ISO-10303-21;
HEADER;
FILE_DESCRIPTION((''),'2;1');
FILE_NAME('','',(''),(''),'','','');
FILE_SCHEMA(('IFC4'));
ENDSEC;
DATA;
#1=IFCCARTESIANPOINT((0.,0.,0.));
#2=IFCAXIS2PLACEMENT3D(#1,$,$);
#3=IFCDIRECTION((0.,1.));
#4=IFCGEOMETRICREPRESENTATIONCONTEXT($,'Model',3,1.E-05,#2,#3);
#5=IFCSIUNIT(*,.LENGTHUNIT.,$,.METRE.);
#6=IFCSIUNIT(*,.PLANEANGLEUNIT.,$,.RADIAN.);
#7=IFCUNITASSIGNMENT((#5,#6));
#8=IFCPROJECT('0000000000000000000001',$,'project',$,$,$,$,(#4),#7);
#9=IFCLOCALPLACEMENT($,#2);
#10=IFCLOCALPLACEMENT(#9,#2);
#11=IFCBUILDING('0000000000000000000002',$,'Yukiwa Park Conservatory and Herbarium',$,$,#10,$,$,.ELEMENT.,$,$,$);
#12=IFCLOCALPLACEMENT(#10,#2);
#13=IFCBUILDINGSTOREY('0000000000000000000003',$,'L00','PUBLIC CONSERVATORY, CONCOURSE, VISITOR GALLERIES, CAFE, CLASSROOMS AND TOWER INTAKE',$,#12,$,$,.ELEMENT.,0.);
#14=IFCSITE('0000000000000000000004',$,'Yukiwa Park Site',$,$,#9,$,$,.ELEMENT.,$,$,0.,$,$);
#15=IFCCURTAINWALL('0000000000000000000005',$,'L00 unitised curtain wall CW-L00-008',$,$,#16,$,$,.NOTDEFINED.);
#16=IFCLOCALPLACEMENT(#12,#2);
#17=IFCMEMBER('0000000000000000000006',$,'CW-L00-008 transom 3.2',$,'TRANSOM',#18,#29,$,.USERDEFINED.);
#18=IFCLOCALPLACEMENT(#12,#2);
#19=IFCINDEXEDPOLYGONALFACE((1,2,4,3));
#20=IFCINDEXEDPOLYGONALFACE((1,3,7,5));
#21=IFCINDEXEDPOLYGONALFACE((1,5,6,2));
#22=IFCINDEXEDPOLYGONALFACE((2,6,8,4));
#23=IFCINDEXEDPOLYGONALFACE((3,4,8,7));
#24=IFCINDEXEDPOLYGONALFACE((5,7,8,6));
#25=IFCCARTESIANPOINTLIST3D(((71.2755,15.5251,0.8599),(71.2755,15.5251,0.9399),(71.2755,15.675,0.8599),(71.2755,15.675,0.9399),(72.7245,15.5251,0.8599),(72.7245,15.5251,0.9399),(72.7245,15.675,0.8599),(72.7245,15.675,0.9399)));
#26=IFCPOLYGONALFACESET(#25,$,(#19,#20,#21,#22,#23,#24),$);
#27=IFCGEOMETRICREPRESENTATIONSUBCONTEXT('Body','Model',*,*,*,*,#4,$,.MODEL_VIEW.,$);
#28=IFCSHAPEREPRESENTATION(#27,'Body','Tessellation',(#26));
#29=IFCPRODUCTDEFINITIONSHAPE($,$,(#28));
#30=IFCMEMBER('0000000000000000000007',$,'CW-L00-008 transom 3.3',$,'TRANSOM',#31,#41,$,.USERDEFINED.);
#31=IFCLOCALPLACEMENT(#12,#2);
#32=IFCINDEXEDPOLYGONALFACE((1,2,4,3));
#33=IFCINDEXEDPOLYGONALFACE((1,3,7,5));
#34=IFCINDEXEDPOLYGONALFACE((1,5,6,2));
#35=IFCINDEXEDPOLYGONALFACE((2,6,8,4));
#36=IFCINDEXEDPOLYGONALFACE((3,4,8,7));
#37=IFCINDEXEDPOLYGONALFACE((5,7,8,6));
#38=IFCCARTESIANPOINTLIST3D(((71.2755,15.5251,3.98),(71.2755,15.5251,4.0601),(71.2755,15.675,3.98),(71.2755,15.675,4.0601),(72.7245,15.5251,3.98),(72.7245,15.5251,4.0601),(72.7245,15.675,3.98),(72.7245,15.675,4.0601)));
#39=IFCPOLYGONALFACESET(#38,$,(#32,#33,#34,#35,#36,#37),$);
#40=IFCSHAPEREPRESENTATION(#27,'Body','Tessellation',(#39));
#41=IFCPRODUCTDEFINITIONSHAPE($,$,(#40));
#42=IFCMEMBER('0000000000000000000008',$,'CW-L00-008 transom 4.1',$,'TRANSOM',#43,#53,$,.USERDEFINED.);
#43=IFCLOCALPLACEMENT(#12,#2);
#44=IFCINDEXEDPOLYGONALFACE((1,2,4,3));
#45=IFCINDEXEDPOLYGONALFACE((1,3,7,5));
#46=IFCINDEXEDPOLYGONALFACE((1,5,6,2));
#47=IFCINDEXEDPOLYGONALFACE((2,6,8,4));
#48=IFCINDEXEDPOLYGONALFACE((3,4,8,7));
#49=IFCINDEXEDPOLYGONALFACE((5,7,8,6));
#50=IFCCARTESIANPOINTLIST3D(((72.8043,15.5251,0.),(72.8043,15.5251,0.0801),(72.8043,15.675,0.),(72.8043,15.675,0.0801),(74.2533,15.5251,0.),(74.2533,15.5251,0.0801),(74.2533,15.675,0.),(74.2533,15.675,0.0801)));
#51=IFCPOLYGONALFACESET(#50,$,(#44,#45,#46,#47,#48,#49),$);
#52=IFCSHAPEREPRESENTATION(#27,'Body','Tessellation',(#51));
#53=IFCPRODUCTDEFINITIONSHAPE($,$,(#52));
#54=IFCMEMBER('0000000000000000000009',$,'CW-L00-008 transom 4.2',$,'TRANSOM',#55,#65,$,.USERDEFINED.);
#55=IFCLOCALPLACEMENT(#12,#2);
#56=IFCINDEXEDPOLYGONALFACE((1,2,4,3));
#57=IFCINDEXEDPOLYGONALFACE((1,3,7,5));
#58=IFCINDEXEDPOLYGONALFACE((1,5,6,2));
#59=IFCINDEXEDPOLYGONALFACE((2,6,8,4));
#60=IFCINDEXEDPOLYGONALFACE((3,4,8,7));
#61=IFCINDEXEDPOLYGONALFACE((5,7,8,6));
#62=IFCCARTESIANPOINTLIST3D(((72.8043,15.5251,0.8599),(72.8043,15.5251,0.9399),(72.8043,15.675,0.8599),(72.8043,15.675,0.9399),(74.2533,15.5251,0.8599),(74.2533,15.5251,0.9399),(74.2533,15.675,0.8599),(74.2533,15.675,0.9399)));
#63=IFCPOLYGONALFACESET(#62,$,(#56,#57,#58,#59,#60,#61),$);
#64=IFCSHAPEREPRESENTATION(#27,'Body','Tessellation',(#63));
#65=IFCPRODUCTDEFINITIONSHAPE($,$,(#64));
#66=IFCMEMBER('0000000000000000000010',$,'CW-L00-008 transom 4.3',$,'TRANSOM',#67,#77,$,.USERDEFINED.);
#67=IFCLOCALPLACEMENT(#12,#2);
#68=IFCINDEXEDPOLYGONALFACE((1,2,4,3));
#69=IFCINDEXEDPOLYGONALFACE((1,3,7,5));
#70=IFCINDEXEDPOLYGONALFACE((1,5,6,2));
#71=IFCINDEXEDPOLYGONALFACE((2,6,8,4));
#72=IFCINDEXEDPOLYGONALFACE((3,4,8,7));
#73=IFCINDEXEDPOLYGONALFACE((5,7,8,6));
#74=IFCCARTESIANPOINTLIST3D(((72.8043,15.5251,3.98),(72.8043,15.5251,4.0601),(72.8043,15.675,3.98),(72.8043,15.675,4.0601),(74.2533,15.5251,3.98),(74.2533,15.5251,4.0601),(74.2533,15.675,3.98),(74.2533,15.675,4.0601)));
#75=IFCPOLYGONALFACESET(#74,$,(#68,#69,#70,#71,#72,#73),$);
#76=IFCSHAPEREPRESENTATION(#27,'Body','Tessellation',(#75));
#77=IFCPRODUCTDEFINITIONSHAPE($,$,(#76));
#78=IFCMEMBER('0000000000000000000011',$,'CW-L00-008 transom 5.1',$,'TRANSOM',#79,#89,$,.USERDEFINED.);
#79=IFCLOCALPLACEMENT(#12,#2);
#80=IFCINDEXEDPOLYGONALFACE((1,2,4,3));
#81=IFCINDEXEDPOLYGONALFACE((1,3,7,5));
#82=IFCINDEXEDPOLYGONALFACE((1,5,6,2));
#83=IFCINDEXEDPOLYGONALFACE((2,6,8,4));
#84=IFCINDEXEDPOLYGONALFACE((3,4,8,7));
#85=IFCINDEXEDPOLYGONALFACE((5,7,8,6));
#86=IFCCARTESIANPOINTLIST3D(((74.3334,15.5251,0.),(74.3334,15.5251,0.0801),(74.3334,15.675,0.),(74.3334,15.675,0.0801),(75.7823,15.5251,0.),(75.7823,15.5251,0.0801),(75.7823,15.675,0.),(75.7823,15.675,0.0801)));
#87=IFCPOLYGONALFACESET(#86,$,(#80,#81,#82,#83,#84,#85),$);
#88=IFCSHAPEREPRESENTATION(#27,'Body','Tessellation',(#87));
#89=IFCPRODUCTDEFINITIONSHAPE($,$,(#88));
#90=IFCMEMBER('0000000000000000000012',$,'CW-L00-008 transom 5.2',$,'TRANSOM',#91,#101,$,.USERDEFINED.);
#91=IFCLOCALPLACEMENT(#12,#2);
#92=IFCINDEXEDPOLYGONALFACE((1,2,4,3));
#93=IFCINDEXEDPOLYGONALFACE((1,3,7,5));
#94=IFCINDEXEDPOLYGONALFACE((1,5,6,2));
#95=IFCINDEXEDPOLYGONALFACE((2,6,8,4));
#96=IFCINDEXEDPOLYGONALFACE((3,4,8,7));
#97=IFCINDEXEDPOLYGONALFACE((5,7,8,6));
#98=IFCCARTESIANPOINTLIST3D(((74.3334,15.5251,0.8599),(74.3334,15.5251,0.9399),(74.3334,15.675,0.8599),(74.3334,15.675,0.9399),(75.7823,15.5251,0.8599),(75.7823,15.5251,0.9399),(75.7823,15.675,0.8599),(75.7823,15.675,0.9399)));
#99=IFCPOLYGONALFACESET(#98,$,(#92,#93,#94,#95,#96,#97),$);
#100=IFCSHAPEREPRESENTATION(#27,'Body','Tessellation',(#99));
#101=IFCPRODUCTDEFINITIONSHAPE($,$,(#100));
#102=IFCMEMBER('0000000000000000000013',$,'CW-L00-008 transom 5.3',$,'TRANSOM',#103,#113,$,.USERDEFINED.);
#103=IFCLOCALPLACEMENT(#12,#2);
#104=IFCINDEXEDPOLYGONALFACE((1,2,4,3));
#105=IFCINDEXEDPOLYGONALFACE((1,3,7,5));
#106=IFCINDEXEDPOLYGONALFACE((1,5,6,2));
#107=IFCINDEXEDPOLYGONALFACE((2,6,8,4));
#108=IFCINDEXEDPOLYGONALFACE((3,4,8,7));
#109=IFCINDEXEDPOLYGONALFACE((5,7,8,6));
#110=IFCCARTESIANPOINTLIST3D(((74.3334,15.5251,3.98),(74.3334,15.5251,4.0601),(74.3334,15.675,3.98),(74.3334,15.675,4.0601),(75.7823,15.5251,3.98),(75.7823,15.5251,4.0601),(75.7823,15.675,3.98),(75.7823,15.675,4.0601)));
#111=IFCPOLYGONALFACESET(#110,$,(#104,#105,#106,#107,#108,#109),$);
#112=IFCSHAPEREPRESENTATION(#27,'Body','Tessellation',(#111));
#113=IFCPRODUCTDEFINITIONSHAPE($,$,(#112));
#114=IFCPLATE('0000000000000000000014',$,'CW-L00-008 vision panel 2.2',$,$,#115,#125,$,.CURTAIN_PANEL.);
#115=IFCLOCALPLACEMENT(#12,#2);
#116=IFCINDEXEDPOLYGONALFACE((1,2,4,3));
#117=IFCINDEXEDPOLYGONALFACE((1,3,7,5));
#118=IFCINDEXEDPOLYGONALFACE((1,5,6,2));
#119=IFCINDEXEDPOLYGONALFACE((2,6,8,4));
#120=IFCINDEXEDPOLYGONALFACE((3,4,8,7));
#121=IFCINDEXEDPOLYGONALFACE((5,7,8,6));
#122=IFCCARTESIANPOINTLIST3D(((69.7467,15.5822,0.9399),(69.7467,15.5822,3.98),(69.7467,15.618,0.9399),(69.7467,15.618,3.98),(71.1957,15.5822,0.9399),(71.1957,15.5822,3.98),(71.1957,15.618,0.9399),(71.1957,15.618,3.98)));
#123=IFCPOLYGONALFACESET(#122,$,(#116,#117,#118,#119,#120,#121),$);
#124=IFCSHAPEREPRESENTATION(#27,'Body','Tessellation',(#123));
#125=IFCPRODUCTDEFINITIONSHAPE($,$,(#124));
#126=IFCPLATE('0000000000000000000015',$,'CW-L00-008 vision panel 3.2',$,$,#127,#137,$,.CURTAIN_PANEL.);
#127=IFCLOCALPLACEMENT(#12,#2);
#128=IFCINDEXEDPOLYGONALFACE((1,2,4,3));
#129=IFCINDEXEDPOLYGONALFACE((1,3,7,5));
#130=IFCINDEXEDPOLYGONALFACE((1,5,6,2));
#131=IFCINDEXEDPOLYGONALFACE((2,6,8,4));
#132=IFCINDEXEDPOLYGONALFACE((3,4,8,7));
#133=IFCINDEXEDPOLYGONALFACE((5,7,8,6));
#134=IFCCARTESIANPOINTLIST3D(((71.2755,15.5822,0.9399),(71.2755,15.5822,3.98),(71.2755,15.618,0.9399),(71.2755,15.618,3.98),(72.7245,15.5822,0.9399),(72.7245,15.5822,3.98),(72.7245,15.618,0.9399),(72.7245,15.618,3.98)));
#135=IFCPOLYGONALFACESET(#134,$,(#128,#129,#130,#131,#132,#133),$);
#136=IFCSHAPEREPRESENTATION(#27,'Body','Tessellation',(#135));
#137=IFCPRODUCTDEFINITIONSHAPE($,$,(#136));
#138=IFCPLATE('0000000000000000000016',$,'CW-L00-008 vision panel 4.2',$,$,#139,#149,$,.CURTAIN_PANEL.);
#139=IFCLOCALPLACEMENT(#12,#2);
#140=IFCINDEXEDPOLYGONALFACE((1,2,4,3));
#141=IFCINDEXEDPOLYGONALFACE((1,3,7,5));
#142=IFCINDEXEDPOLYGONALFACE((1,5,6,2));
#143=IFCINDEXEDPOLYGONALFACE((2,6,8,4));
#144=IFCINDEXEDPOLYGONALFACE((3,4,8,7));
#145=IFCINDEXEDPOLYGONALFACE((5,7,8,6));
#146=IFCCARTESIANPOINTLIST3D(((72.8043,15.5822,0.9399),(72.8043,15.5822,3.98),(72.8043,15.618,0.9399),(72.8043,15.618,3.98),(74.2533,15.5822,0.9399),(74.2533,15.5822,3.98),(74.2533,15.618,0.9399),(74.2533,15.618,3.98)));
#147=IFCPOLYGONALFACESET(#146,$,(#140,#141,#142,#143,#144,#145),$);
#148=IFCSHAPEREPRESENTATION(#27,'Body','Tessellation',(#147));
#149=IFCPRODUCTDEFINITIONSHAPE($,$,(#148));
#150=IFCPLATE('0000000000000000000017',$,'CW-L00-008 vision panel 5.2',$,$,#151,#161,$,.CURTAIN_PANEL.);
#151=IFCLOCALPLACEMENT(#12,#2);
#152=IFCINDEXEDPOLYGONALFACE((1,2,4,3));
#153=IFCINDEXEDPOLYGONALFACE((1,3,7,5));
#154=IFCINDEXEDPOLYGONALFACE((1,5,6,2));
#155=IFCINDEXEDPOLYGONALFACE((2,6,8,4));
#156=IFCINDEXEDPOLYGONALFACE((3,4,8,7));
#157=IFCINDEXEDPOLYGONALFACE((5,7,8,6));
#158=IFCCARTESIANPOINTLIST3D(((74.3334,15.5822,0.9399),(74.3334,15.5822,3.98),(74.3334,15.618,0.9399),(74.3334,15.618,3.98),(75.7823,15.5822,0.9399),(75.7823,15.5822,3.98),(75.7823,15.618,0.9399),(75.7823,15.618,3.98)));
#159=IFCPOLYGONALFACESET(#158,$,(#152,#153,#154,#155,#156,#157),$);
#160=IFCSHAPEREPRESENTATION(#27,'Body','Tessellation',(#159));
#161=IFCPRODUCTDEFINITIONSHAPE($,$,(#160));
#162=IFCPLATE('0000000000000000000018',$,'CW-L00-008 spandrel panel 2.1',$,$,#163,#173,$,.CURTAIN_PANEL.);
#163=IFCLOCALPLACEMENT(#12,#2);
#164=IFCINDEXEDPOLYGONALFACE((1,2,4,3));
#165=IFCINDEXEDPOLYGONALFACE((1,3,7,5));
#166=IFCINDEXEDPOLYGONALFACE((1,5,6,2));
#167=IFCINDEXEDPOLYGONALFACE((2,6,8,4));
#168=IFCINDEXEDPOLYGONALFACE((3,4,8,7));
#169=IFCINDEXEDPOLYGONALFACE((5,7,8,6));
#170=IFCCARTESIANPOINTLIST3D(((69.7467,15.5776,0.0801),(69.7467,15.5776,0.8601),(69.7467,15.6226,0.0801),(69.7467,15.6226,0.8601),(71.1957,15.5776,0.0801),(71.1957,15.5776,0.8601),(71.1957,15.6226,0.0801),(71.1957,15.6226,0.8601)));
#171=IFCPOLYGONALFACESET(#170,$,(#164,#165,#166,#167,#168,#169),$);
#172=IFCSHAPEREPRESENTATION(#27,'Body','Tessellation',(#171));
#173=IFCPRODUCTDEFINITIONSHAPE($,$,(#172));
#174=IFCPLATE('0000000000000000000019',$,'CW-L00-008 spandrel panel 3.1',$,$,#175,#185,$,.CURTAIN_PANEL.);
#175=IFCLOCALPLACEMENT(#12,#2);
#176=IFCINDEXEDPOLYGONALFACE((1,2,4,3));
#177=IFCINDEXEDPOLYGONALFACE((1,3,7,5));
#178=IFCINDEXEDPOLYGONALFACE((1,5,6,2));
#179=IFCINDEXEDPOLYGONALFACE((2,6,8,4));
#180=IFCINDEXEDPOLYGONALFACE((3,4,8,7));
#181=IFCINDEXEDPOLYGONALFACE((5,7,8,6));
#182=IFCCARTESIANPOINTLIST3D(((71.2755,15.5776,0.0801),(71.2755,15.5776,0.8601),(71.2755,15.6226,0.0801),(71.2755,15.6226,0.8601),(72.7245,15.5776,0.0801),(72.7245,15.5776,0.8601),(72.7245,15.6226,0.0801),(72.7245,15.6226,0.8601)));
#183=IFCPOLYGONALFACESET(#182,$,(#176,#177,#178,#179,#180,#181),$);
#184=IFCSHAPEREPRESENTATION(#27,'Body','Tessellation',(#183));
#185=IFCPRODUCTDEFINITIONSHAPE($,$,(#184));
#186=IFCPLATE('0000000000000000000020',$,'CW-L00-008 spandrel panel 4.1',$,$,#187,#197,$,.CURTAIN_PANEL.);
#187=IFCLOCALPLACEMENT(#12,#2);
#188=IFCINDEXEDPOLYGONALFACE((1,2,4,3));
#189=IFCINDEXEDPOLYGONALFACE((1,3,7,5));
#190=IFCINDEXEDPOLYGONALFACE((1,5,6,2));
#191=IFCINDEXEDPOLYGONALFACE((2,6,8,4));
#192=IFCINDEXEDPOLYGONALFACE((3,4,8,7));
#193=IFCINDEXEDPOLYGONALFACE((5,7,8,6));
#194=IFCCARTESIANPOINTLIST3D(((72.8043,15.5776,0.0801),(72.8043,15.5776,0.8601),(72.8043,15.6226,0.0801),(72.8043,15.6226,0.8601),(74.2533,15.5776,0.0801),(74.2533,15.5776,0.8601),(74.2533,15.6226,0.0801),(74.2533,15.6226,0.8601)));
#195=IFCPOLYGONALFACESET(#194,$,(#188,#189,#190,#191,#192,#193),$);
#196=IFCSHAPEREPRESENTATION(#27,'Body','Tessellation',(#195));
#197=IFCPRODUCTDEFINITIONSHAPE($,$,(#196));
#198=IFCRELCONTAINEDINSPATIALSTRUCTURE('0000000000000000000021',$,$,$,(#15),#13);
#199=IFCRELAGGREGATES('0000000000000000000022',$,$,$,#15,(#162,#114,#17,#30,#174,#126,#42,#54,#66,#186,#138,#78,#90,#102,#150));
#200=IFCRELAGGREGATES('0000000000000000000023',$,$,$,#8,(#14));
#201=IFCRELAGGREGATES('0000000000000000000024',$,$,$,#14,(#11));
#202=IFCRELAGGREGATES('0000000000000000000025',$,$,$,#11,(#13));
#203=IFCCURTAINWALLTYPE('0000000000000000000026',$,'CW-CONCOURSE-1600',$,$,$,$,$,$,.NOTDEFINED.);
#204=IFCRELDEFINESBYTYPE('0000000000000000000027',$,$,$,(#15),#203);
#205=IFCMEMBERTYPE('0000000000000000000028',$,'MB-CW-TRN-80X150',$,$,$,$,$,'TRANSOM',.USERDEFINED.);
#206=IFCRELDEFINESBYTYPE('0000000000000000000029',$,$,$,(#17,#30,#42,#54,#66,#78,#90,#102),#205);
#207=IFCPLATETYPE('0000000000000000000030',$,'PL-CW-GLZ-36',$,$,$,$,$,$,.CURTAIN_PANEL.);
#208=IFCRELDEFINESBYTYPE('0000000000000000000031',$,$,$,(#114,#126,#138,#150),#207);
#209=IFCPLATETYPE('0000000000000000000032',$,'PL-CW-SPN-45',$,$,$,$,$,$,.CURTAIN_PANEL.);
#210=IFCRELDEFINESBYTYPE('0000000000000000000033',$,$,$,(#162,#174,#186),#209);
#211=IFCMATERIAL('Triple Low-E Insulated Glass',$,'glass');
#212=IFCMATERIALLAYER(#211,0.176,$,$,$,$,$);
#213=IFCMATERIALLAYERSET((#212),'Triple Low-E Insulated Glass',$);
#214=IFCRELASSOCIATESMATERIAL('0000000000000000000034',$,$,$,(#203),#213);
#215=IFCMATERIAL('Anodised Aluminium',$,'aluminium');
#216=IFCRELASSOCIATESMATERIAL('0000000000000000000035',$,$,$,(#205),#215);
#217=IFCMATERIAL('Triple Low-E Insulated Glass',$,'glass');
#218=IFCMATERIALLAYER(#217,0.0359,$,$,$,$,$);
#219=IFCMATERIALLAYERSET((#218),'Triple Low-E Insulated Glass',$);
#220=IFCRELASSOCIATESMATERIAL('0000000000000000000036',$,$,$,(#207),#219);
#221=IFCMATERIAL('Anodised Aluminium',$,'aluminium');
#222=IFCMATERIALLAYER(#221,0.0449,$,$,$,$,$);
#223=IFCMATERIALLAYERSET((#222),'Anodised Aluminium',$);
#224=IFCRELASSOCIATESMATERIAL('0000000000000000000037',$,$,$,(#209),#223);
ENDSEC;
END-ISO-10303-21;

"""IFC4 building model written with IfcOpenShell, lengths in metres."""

from ifc_helpers import new_model, si_unit, direction, frame, origin, origin_2d, place, context, subcontext, project, spatial, rectangle, extrude, material, layer, layer_set, type_object, element, aggregate, save


model = new_model("IFC4")

# Units and contexts
model_context = context("Model", 3, precision=1e-05, world=origin(), true_north=direction((0.0, 1.0)))
body_context = subcontext(model_context, "Body", "Model", "MODEL_VIEW")
ifc_project = project(units=[si_unit("LENGTHUNIT", "METRE"), si_unit("PLANEANGLEUNIT", "RADIAN")], contexts=[model_context])

# Site, building, storey
site_placement = place(None, origin())
site = spatial("IfcSite", under=ifc_project, at=site_placement, Name="Yukiwa Park Site", CompositionType="ELEMENT", RefElevation=0.0)
building_placement = place(site_placement, origin())
building = spatial("IfcBuilding", under=site, at=building_placement, Name="Yukiwa Park Conservatory and Herbarium", CompositionType="ELEMENT")
storey_placement = place(building_placement, origin())
storey = spatial("IfcBuildingStorey", under=building, at=storey_placement, Name="L00", Description="PUBLIC CONSERVATORY, CONCOURSE, VISITOR GALLERIES, CAFE, CLASSROOMS AND TOWER INTAKE", CompositionType="ELEMENT", Elevation=0.0)

# Curtain wall, members, plates
ifc_material_1 = material(Name="Triple Low-E Insulated Glass", Category="glass")
ifc_layer_1 = layer(ifc_material_1, 0.176)
ifc_layer_set_1 = layer_set([ifc_layer_1], Name="Triple Low-E Insulated Glass")
curtain_wall_type = type_object("IfcCurtainWallType", Name="CW-CONCOURSE-1600", PredefinedType="NOTDEFINED", material=ifc_layer_set_1)
curtain_wall_placement = place(storey_placement, origin())
curtain_wall = element("IfcCurtainWall", 1, at=curtain_wall_placement, inside=storey, type_object=curtain_wall_type, Name="L00 unitised curtain wall CW-L00-008", PredefinedType="NOTDEFINED")
ifc_material_2 = material(Name="Anodised Aluminium", Category="aluminium")
member_type_1 = type_object("IfcMemberType", Name="MB-CW-TRN-80X150", ElementType="TRANSOM", PredefinedType="USERDEFINED", material=ifc_material_2)
member_1_placement = place(storey_placement, frame((72.0, 15.6001, 0.8599), z_axis=(0.0, 0.0, 1.0), x_axis=(1.0, 0.0, 0.0)))
member_1 = element("IfcMember", 2, at=member_1_placement, type_object=member_type_1, Name="CW-L00-008 transom 3.2", ObjectType="TRANSOM", PredefinedType="USERDEFINED", context=body_context, shape_type="SweptSolid", body=[
    extrude(rectangle(XDim=1.449, YDim=0.1499, at=origin_2d()), origin(), (0.0, 0.0, 1.0), 0.0801),
])
member_2_placement = place(storey_placement, frame((72.0, 15.6001, 3.98), z_axis=(0.0, 0.0, 1.0), x_axis=(1.0, 0.0, 0.0)))
member_2 = element("IfcMember", 3, at=member_2_placement, type_object=member_type_1, Name="CW-L00-008 transom 3.3", ObjectType="TRANSOM", PredefinedType="USERDEFINED", context=body_context, shape_type="SweptSolid", body=[
    extrude(rectangle(XDim=1.449, YDim=0.1499, at=origin_2d()), origin(), (0.0, 0.0, 1.0), 0.0801),
])
member_3_placement = place(storey_placement, frame((73.5288, 15.6001, 0.0), z_axis=(0.0, 0.0, 1.0), x_axis=(1.0, 0.0, 0.0)))
member_3 = element("IfcMember", 4, at=member_3_placement, type_object=member_type_1, Name="CW-L00-008 transom 4.1", ObjectType="TRANSOM", PredefinedType="USERDEFINED", context=body_context, shape_type="SweptSolid", body=[
    extrude(rectangle(XDim=1.449, YDim=0.1499, at=origin_2d()), origin(), (0.0, 0.0, 1.0), 0.0801),
])
member_4_placement = place(storey_placement, frame((73.5288, 15.6001, 0.8599), z_axis=(0.0, 0.0, 1.0), x_axis=(1.0, 0.0, 0.0)))
member_4 = element("IfcMember", 5, at=member_4_placement, type_object=member_type_1, Name="CW-L00-008 transom 4.2", ObjectType="TRANSOM", PredefinedType="USERDEFINED", context=body_context, shape_type="SweptSolid", body=[
    extrude(rectangle(XDim=1.449, YDim=0.1499, at=origin_2d()), origin(), (0.0, 0.0, 1.0), 0.0801),
])
member_5_placement = place(storey_placement, frame((73.5288, 15.6001, 3.98), z_axis=(0.0, 0.0, 1.0), x_axis=(1.0, 0.0, 0.0)))
member_5 = element("IfcMember", 6, at=member_5_placement, type_object=member_type_1, Name="CW-L00-008 transom 4.3", ObjectType="TRANSOM", PredefinedType="USERDEFINED", context=body_context, shape_type="SweptSolid", body=[
    extrude(rectangle(XDim=1.449, YDim=0.1499, at=origin_2d()), origin(), (0.0, 0.0, 1.0), 0.0801),
])
member_6_placement = place(storey_placement, frame((75.0579, 15.6001, 0.0), z_axis=(0.0, 0.0, 1.0), x_axis=(1.0, 0.0, 0.0)))
member_6 = element("IfcMember", 7, at=member_6_placement, type_object=member_type_1, Name="CW-L00-008 transom 5.1", ObjectType="TRANSOM", PredefinedType="USERDEFINED", context=body_context, shape_type="SweptSolid", body=[
    extrude(rectangle(XDim=1.449, YDim=0.1499, at=origin_2d()), origin(), (0.0, 0.0, 1.0), 0.0801),
])
member_7_placement = place(storey_placement, frame((75.0579, 15.6001, 0.8599), z_axis=(0.0, 0.0, 1.0), x_axis=(1.0, 0.0, 0.0)))
member_7 = element("IfcMember", 8, at=member_7_placement, type_object=member_type_1, Name="CW-L00-008 transom 5.2", ObjectType="TRANSOM", PredefinedType="USERDEFINED", context=body_context, shape_type="SweptSolid", body=[
    extrude(rectangle(XDim=1.449, YDim=0.1499, at=origin_2d()), origin(), (0.0, 0.0, 1.0), 0.0801),
])
member_8_placement = place(storey_placement, frame((75.0579, 15.6001, 3.98), z_axis=(0.0, 0.0, 1.0), x_axis=(1.0, 0.0, 0.0)))
member_8 = element("IfcMember", 9, at=member_8_placement, type_object=member_type_1, Name="CW-L00-008 transom 5.3", ObjectType="TRANSOM", PredefinedType="USERDEFINED", context=body_context, shape_type="SweptSolid", body=[
    extrude(rectangle(XDim=1.449, YDim=0.1499, at=origin_2d()), origin(), (0.0, 0.0, 1.0), 0.0801),
])
ifc_material_3 = material(Name="Triple Low-E Insulated Glass", Category="glass")
ifc_layer_2 = layer(ifc_material_3, 0.0359)
ifc_layer_set_2 = layer_set([ifc_layer_2], Name="Triple Low-E Insulated Glass")
plate_type_1 = type_object("IfcPlateType", Name="PL-CW-GLZ-36", PredefinedType="CURTAIN_PANEL", material=ifc_layer_set_2)
plate_1_placement = place(storey_placement, frame((70.4712, 15.6001, 0.9399), z_axis=(0.0, 0.0, 1.0), x_axis=(1.0, 0.0, 0.0)))
plate_1 = element("IfcPlate", 10, at=plate_1_placement, type_object=plate_type_1, Name="CW-L00-008 vision panel 2.2", PredefinedType="CURTAIN_PANEL", context=body_context, shape_type="SweptSolid", body=[
    extrude(rectangle(XDim=1.449, YDim=0.0359, at=origin_2d()), origin(), (0.0, 0.0, 1.0), 3.04),
])
plate_2_placement = place(storey_placement, frame((72.0, 15.6001, 0.9399), z_axis=(0.0, 0.0, 1.0), x_axis=(1.0, 0.0, 0.0)))
plate_2 = element("IfcPlate", 11, at=plate_2_placement, type_object=plate_type_1, Name="CW-L00-008 vision panel 3.2", PredefinedType="CURTAIN_PANEL", context=body_context, shape_type="SweptSolid", body=[
    extrude(rectangle(XDim=1.449, YDim=0.0359, at=origin_2d()), origin(), (0.0, 0.0, 1.0), 3.04),
])
plate_3_placement = place(storey_placement, frame((73.5288, 15.6001, 0.9399), z_axis=(0.0, 0.0, 1.0), x_axis=(1.0, 0.0, 0.0)))
plate_3 = element("IfcPlate", 12, at=plate_3_placement, type_object=plate_type_1, Name="CW-L00-008 vision panel 4.2", PredefinedType="CURTAIN_PANEL", context=body_context, shape_type="SweptSolid", body=[
    extrude(rectangle(XDim=1.449, YDim=0.0359, at=origin_2d()), origin(), (0.0, 0.0, 1.0), 3.04),
])
plate_4_placement = place(storey_placement, frame((75.0579, 15.6001, 0.9399), z_axis=(0.0, 0.0, 1.0), x_axis=(1.0, 0.0, 0.0)))
plate_4 = element("IfcPlate", 13, at=plate_4_placement, type_object=plate_type_1, Name="CW-L00-008 vision panel 5.2", PredefinedType="CURTAIN_PANEL", context=body_context, shape_type="SweptSolid", body=[
    extrude(rectangle(XDim=1.449, YDim=0.0359, at=origin_2d()), origin(), (0.0, 0.0, 1.0), 3.04),
])
ifc_material_4 = material(Name="Anodised Aluminium", Category="aluminium")
ifc_layer_3 = layer(ifc_material_4, 0.0449)
ifc_layer_set_3 = layer_set([ifc_layer_3], Name="Anodised Aluminium")
plate_type_2 = type_object("IfcPlateType", Name="PL-CW-SPN-45", PredefinedType="CURTAIN_PANEL", material=ifc_layer_set_3)
plate_5_placement = place(storey_placement, frame((70.4712, 15.6001, 0.0801), z_axis=(0.0, 0.0, 1.0), x_axis=(1.0, 0.0, 0.0)))
plate_5 = element("IfcPlate", 14, at=plate_5_placement, type_object=plate_type_2, Name="CW-L00-008 spandrel panel 2.1", PredefinedType="CURTAIN_PANEL", context=body_context, shape_type="SweptSolid", body=[
    extrude(rectangle(XDim=1.449, YDim=0.0449, at=origin_2d()), origin(), (0.0, 0.0, 1.0), 0.78),
])
plate_6_placement = place(storey_placement, frame((72.0, 15.6001, 0.0801), z_axis=(0.0, 0.0, 1.0), x_axis=(1.0, 0.0, 0.0)))
plate_6 = element("IfcPlate", 15, at=plate_6_placement, type_object=plate_type_2, Name="CW-L00-008 spandrel panel 3.1", PredefinedType="CURTAIN_PANEL", context=body_context, shape_type="SweptSolid", body=[
    extrude(rectangle(XDim=1.449, YDim=0.0449, at=origin_2d()), origin(), (0.0, 0.0, 1.0), 0.78),
])
plate_7_placement = place(storey_placement, frame((73.5288, 15.6001, 0.0801), z_axis=(0.0, 0.0, 1.0), x_axis=(1.0, 0.0, 0.0)))
plate_7 = element("IfcPlate", 16, at=plate_7_placement, type_object=plate_type_2, Name="CW-L00-008 spandrel panel 4.1", PredefinedType="CURTAIN_PANEL", context=body_context, shape_type="SweptSolid", body=[
    extrude(rectangle(XDim=1.449, YDim=0.0449, at=origin_2d()), origin(), (0.0, 0.0, 1.0), 0.78),
])
aggregate(curtain_wall, [plate_5, plate_1, member_1, member_2, plate_6, plate_2, member_3, member_4, member_5, plate_7, plate_3, member_6, member_7, member_8, plate_4])

save(model, "model.ifc")
